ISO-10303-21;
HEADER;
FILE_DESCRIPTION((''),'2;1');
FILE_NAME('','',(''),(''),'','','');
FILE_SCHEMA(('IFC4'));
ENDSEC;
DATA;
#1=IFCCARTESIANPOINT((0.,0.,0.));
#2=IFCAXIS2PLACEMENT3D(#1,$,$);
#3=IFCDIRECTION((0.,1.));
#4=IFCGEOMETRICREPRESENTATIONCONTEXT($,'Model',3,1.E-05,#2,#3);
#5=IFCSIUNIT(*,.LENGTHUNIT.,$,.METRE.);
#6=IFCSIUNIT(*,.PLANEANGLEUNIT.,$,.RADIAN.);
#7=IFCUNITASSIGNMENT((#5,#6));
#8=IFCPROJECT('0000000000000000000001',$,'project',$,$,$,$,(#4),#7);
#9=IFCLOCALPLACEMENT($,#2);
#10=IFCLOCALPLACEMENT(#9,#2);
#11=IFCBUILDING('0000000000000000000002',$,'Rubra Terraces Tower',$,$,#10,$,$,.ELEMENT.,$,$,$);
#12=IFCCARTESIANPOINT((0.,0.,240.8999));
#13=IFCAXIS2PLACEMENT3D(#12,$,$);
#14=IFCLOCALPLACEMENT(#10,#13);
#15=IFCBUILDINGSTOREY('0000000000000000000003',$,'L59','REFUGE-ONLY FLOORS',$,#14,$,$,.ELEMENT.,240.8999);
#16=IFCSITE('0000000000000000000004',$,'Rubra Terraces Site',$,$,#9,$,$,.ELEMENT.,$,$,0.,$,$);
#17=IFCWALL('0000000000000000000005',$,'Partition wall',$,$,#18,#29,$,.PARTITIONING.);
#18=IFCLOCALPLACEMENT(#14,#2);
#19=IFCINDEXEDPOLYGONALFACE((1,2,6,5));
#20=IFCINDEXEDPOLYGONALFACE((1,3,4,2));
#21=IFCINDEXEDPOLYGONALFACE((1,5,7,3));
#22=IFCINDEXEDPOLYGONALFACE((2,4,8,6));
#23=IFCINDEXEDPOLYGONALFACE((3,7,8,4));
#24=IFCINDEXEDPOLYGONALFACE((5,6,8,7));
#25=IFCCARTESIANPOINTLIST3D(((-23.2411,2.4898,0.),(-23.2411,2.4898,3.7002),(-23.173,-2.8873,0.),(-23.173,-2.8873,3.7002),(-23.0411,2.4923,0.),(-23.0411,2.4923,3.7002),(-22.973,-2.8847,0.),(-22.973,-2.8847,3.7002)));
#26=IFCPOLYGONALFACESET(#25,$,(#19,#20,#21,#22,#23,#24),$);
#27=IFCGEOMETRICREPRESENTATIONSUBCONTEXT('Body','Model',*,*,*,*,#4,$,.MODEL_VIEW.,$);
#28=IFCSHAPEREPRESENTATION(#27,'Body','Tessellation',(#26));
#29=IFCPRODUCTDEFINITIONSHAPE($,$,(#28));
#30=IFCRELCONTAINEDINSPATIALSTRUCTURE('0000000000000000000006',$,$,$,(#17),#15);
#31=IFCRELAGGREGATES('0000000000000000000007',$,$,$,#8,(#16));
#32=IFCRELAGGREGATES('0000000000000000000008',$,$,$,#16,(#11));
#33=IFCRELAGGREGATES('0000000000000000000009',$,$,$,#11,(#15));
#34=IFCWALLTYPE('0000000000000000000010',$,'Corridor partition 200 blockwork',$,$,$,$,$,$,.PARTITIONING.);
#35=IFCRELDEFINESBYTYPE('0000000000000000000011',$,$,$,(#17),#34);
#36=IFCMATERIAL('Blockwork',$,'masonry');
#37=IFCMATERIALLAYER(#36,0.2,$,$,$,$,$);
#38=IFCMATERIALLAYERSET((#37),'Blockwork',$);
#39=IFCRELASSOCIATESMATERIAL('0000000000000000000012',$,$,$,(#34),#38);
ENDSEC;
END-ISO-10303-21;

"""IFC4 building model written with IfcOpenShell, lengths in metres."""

from ifc_helpers import new_model, si_unit, direction, frame, frame_2d, origin, place, context, subcontext, project, spatial, rectangle, extrude, material, layer, layer_set, type_object, element, save


model = new_model("IFC4")

# Units and contexts
model_context = context("Model", 3, precision=1e-05, world=origin(), true_north=direction((0.0, 1.0)))
body_context = subcontext(model_context, "Body", "Model", "MODEL_VIEW")
ifc_project = project(units=[si_unit("LENGTHUNIT", "METRE"), si_unit("PLANEANGLEUNIT", "RADIAN")], contexts=[model_context])

# Site, building, storey
site_placement = place(None, origin())
site = spatial("IfcSite", under=ifc_project, at=site_placement, Name="Rubra Terraces Site", CompositionType="ELEMENT", RefElevation=0.0)
building_placement = place(site_placement, origin())
building = spatial("IfcBuilding", under=site, at=building_placement, Name="Rubra Terraces Tower", CompositionType="ELEMENT")
storey_placement = place(building_placement, frame((0.0, 0.0, 240.8999)))
storey = spatial("IfcBuildingStorey", under=building, at=storey_placement, Name="L59", Description="REFUGE-ONLY FLOORS", CompositionType="ELEMENT", Elevation=240.8999)

# Shared definitions
ifc_material_1 = material(Name="Blockwork", Category="masonry")
ifc_layer_1 = layer(ifc_material_1, 0.2)
ifc_layer_set_1 = layer_set([ifc_layer_1], Name="Blockwork")
wall_type_1 = type_object("IfcWallType", Name="Corridor partition 200 blockwork", PredefinedType="PARTITIONING", material=ifc_layer_set_1)

# Wall
wall_1_placement = place(storey_placement, frame((-23.073, -2.886, 0.0), z_axis=(0.0, 0.0, 1.0), x_axis=(-0.012667, 0.99992, 0.0)))
element("IfcWall", 1, at=wall_1_placement, inside=storey, type_object=wall_type_1, Name="Partition wall", PredefinedType="PARTITIONING", context=body_context, shape_type="SweptSolid", body=[
    extrude(rectangle(XDim=5.3774, YDim=0.2, at=frame_2d((2.6887, 0.0))), origin(), (0.0, 0.0, 1.0), 3.7002),
])

save(model, "model.ifc")
